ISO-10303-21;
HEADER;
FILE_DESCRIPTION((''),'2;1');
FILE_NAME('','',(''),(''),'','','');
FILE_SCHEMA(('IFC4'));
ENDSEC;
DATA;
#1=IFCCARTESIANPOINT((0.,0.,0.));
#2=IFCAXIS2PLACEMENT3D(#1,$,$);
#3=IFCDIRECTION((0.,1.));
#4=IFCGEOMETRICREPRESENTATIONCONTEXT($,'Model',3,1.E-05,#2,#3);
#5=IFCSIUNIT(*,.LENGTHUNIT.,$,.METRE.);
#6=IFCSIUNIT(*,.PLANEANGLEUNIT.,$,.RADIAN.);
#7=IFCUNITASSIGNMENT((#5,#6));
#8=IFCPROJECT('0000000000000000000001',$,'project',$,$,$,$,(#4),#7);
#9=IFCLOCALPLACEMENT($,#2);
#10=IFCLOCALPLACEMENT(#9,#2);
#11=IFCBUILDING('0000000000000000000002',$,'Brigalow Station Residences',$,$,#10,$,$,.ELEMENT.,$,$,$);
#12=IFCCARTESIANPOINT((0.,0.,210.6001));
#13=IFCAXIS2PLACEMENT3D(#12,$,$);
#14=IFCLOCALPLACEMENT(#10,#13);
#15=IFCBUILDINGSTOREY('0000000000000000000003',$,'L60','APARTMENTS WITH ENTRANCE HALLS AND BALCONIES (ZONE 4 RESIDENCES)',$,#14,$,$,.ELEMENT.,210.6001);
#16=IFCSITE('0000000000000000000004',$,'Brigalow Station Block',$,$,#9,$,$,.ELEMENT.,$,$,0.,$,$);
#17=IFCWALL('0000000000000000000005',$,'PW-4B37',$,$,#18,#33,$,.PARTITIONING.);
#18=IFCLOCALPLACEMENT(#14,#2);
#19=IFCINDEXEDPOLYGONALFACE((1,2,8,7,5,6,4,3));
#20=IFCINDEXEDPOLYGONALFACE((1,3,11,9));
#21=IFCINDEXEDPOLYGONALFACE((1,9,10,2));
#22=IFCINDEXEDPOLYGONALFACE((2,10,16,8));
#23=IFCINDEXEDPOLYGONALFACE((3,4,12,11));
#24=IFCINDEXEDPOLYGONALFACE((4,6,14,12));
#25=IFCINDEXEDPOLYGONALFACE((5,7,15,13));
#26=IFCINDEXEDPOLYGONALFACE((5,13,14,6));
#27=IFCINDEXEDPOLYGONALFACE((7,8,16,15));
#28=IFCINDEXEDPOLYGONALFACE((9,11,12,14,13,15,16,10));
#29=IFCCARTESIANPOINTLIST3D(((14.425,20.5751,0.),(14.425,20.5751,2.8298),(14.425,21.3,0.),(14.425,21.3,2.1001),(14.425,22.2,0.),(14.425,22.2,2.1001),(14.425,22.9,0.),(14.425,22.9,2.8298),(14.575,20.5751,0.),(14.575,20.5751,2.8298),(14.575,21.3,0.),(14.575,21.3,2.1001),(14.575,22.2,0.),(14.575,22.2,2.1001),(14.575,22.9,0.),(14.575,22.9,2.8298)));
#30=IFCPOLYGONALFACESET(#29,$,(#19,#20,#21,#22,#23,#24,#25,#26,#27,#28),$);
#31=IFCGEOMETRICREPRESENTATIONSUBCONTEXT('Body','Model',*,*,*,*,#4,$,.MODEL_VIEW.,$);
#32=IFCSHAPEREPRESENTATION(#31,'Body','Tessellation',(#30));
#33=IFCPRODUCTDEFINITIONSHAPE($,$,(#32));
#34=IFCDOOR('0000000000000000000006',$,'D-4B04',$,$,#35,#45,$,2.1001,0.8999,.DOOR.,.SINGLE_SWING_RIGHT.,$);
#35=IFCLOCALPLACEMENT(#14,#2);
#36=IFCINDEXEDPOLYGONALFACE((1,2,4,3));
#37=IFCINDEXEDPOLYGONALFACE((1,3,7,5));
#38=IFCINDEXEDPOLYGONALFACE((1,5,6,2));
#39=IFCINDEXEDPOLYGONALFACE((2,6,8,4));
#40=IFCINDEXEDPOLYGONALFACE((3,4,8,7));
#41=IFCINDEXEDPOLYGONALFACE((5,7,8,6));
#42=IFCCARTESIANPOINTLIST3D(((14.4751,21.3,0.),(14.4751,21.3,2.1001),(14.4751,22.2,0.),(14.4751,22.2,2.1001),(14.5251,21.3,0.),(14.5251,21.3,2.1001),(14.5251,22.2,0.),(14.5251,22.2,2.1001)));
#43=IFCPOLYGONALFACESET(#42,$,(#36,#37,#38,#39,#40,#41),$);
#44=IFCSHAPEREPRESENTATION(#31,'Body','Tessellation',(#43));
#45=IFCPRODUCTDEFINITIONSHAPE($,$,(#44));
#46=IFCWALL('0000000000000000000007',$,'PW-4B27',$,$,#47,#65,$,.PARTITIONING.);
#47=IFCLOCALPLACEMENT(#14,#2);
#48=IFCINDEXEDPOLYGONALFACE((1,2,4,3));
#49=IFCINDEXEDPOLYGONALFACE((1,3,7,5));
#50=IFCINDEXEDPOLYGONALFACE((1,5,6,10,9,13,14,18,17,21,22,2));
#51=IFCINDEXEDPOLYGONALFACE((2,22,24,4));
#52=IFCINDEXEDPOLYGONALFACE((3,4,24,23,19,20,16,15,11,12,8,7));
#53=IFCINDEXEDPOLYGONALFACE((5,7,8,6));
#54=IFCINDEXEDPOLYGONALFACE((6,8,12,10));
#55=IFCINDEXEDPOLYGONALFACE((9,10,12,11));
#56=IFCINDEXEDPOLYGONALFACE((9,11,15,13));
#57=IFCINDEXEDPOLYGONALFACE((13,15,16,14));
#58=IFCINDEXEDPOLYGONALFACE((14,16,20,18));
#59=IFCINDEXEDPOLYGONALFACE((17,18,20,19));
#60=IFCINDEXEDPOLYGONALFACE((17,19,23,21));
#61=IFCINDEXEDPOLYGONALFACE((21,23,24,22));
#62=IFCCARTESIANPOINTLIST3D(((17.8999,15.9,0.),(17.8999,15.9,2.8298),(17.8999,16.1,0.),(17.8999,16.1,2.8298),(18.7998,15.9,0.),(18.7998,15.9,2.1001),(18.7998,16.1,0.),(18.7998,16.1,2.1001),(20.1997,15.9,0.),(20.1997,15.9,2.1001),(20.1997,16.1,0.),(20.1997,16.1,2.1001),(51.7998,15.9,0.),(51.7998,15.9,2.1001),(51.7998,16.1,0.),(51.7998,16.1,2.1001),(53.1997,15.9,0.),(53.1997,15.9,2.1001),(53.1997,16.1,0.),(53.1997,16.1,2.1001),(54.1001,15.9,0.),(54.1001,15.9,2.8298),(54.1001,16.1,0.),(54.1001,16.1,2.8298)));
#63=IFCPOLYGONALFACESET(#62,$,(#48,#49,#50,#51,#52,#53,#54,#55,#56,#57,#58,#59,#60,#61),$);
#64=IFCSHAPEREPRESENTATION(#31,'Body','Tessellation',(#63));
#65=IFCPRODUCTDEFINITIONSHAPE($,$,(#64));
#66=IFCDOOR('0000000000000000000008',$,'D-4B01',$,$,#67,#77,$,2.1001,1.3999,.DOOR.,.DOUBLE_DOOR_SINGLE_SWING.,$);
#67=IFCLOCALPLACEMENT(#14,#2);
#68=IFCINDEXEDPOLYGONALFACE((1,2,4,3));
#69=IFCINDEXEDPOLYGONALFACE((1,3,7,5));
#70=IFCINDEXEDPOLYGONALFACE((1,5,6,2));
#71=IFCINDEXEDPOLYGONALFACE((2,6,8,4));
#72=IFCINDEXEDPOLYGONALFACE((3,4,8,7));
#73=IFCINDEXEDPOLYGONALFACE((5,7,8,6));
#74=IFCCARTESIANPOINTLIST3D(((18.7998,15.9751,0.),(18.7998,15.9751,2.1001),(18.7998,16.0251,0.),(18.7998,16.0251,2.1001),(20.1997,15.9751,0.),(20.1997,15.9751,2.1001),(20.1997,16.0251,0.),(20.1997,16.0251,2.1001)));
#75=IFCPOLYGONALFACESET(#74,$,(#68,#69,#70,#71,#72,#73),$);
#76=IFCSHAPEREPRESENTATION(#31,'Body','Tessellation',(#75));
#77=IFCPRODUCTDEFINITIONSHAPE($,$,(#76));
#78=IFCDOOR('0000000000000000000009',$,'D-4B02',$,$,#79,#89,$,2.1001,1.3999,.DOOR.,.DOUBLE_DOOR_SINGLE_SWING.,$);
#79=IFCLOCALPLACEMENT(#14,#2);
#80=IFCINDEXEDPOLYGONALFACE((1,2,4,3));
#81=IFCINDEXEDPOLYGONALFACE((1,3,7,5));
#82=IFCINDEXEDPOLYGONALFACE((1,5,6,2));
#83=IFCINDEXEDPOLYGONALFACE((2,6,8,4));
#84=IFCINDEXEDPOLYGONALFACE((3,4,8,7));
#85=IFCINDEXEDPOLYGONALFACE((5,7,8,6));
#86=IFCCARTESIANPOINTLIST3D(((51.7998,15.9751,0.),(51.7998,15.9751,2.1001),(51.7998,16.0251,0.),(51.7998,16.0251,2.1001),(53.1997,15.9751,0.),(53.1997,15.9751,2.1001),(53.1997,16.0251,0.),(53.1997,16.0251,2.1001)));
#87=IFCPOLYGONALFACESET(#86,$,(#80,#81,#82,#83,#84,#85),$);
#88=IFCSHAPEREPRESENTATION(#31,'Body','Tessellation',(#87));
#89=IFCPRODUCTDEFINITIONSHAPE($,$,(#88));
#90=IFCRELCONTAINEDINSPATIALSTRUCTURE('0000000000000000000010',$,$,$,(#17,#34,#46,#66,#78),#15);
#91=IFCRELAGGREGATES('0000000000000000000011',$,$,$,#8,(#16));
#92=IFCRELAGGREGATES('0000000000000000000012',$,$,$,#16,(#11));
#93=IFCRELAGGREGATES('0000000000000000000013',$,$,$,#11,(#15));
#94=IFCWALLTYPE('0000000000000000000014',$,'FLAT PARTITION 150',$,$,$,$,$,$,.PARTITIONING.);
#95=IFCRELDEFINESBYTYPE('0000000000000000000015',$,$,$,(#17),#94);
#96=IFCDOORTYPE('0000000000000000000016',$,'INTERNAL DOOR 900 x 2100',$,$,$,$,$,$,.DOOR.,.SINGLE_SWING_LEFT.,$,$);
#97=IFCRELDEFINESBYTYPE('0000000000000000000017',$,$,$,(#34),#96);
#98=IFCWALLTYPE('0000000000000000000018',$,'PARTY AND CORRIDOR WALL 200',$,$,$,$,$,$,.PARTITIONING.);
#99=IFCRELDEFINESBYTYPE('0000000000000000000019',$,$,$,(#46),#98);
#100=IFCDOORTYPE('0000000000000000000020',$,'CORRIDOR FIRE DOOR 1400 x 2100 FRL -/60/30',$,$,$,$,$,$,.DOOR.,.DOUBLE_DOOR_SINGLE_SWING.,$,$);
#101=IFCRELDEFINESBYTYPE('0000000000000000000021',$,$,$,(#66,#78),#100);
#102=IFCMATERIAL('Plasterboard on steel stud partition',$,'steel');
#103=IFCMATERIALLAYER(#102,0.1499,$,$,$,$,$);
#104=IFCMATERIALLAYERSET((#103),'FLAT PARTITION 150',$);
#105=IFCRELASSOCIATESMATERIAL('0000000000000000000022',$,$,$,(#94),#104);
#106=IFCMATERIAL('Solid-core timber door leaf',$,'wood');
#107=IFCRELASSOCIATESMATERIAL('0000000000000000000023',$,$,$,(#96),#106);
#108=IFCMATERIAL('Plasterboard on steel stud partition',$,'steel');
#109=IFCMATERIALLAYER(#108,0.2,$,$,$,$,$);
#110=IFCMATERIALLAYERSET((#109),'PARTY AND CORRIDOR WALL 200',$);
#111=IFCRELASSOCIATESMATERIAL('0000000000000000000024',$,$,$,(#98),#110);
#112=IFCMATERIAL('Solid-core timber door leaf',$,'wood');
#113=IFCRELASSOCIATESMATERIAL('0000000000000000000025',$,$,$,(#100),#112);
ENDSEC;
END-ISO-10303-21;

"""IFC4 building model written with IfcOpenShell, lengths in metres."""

from ifc_helpers import new_model, si_unit, direction, frame, frame_2d, origin, place, context, subcontext, project, spatial, rectangle, extrude, material, layer, layer_set, type_object, element, fill, save


model = new_model("IFC4")

# Units and contexts
model_context = context("Model", 3, precision=1e-05, world=origin(), true_north=direction((0.0, 1.0)))
body_context = subcontext(model_context, "Body", "Model", "MODEL_VIEW")
ifc_project = project(units=[si_unit("LENGTHUNIT", "METRE"), si_unit("PLANEANGLEUNIT", "RADIAN")], contexts=[model_context])

# Site, building, storey
site_placement = place(None, origin())
site = spatial("IfcSite", under=ifc_project, at=site_placement, Name="Brigalow Station Block", CompositionType="ELEMENT", RefElevation=0.0)
building_placement = place(site_placement, origin())
building = spatial("IfcBuilding", under=site, at=building_placement, Name="Brigalow Station Residences", CompositionType="ELEMENT")
storey_placement = place(building_placement, frame((0.0, 0.0, 210.6001)))
storey = spatial("IfcBuildingStorey", under=building, at=storey_placement, Name="L60", Description="APARTMENTS WITH ENTRANCE HALLS AND BALCONIES (ZONE 4 RESIDENCES)", CompositionType="ELEMENT", Elevation=210.6001)

# Wall, opening, door
ifc_material_1 = material(Name="Plasterboard on steel stud partition", Category="steel")
ifc_layer_1 = layer(ifc_material_1, 0.1499)
ifc_layer_set_1 = layer_set([ifc_layer_1], Name="FLAT PARTITION 150")
wall_type_1 = type_object("IfcWallType", Name="FLAT PARTITION 150", PredefinedType="PARTITIONING", material=ifc_layer_set_1)
wall_1_placement = place(storey_placement, frame((14.5, 20.575, 0.0), z_axis=(0.0, 0.0, 1.0), x_axis=(0.0, 1.0, 0.0)))
wall_1 = element("IfcWall", 1, at=wall_1_placement, inside=storey, type_object=wall_type_1, Name="PW-4B37", PredefinedType="PARTITIONING", context=body_context, shape_type="SweptSolid", body=[
    extrude(rectangle(XDim=2.325, YDim=0.1499, at=frame_2d((1.1626, 0.0))), origin(), (0.0, 0.0, 1.0), 2.8298),
])
opening_1_placement = place(wall_1_placement, frame((0.7251, 0.0, 0.0)))
opening_1 = element("IfcOpeningElement", 2, at=opening_1_placement, cuts=wall_1, PredefinedType="OPENING", context=body_context, shape_type="SweptSolid", body=[
    extrude(rectangle(XDim=0.8999, YDim=2.1001, at=frame_2d((0.45, 1.05))), frame((0.0, 0.085, 0.0), z_axis=(0.0, -1.0, 0.0), x_axis=(1.0, 0.0, 0.0)), (0.0, 0.0, 1.0), 0.1699),
])
ifc_material_2 = material(Name="Solid-core timber door leaf", Category="wood")
door_type_1 = type_object("IfcDoorType", Name="INTERNAL DOOR 900 x 2100", OperationType="SINGLE_SWING_LEFT", PredefinedType="DOOR", material=ifc_material_2)
door_1_placement = place(opening_1_placement, origin())
door_1 = element("IfcDoor", 3, at=door_1_placement, inside=storey, type_object=door_type_1, Name="D-4B04", OperationType="SINGLE_SWING_RIGHT", OverallHeight=2.1001, OverallWidth=0.8999, PredefinedType="DOOR", context=body_context, shape_type="SweptSolid", body=[
    extrude(rectangle(XDim=0.8999, YDim=2.1001, at=frame_2d((0.45, 1.05))), frame((0.0, 0.0249, 0.0), z_axis=(0.0, -1.0, 0.0), x_axis=(1.0, 0.0, 0.0)), (0.0, 0.0, 1.0), 0.05),
])
fill(opening_1, door_1)

# Wall, openings, doors
ifc_material_3 = material(Name="Plasterboard on steel stud partition", Category="steel")
ifc_layer_2 = layer(ifc_material_3, 0.2)
ifc_layer_set_2 = layer_set([ifc_layer_2], Name="PARTY AND CORRIDOR WALL 200")
wall_type_2 = type_object("IfcWallType", Name="PARTY AND CORRIDOR WALL 200", PredefinedType="PARTITIONING", material=ifc_layer_set_2)
wall_2_placement = place(storey_placement, frame((17.8999, 16.0, 0.0), z_axis=(0.0, 0.0, 1.0), x_axis=(1.0, 0.0, 0.0)))
wall_2 = element("IfcWall", 4, at=wall_2_placement, inside=storey, type_object=wall_type_2, Name="PW-4B27", PredefinedType="PARTITIONING", context=body_context, shape_type="SweptSolid", body=[
    extrude(rectangle(XDim=36.2002, YDim=0.2, at=frame_2d((18.1001, 0.0))), origin(), (0.0, 0.0, 1.0), 2.8298),
])
opening_2_placement = place(wall_2_placement, frame((0.8999, 0.0, 0.0)))
opening_2 = element("IfcOpeningElement", 5, at=opening_2_placement, cuts=wall_2, PredefinedType="OPENING", context=body_context, shape_type="SweptSolid", body=[
    extrude(rectangle(XDim=1.3999, YDim=2.1001, at=frame_2d((0.7, 1.05))), frame((0.0, 0.1099, 0.0), z_axis=(0.0, -1.0, 0.0), x_axis=(1.0, 0.0, 0.0)), (0.0, 0.0, 1.0), 0.22),
])
opening_3_placement = place(wall_2_placement, frame((33.8999, 0.0, 0.0)))
opening_3 = element("IfcOpeningElement", 6, at=opening_3_placement, cuts=wall_2, PredefinedType="OPENING", context=body_context, shape_type="SweptSolid", body=[
    extrude(rectangle(XDim=1.3999, YDim=2.1001, at=frame_2d((0.7, 1.05))), frame((0.0, 0.1099, 0.0), z_axis=(0.0, -1.0, 0.0), x_axis=(1.0, 0.0, 0.0)), (0.0, 0.0, 1.0), 0.22),
])
ifc_material_4 = material(Name="Solid-core timber door leaf", Category="wood")
door_type_2 = type_object("IfcDoorType", Name="CORRIDOR FIRE DOOR 1400 x 2100 FRL -/60/30", OperationType="DOUBLE_DOOR_SINGLE_SWING", PredefinedType="DOOR", material=ifc_material_4)
door_2_placement = place(opening_2_placement, frame((1.3999, 0.0, 0.0), z_axis=(0.0, 0.0, 1.0), x_axis=(-1.0, 0.0, 0.0)))
door_2 = element("IfcDoor", 7, at=door_2_placement, inside=storey, type_object=door_type_2, Name="D-4B01", OperationType="DOUBLE_DOOR_SINGLE_SWING", OverallHeight=2.1001, OverallWidth=1.3999, PredefinedType="DOOR", context=body_context, shape_type="SweptSolid", body=[
    extrude(rectangle(XDim=1.3999, YDim=2.1001, at=frame_2d((0.7, 1.05))), frame((0.0, 0.0249, 0.0), z_axis=(0.0, -1.0, 0.0), x_axis=(1.0, 0.0, 0.0)), (0.0, 0.0, 1.0), 0.05),
])
fill(opening_2, door_2)
door_3_placement = place(opening_3_placement, frame((1.3999, 0.0, 0.0), z_axis=(0.0, 0.0, 1.0), x_axis=(-1.0, 0.0, 0.0)))
door_3 = element("IfcDoor", 8, at=door_3_placement, inside=storey, type_object=door_type_2, Name="D-4B02", OperationType="DOUBLE_DOOR_SINGLE_SWING", OverallHeight=2.1001, OverallWidth=1.3999, PredefinedType="DOOR", context=body_context, shape_type="SweptSolid", body=[
    extrude(rectangle(XDim=1.3999, YDim=2.1001, at=frame_2d((0.7, 1.05))), frame((0.0, 0.0249, 0.0), z_axis=(0.0, -1.0, 0.0), x_axis=(1.0, 0.0, 0.0)), (0.0, 0.0, 1.0), 0.05),
])
fill(opening_3, door_3)

save(model, "model.ifc")
